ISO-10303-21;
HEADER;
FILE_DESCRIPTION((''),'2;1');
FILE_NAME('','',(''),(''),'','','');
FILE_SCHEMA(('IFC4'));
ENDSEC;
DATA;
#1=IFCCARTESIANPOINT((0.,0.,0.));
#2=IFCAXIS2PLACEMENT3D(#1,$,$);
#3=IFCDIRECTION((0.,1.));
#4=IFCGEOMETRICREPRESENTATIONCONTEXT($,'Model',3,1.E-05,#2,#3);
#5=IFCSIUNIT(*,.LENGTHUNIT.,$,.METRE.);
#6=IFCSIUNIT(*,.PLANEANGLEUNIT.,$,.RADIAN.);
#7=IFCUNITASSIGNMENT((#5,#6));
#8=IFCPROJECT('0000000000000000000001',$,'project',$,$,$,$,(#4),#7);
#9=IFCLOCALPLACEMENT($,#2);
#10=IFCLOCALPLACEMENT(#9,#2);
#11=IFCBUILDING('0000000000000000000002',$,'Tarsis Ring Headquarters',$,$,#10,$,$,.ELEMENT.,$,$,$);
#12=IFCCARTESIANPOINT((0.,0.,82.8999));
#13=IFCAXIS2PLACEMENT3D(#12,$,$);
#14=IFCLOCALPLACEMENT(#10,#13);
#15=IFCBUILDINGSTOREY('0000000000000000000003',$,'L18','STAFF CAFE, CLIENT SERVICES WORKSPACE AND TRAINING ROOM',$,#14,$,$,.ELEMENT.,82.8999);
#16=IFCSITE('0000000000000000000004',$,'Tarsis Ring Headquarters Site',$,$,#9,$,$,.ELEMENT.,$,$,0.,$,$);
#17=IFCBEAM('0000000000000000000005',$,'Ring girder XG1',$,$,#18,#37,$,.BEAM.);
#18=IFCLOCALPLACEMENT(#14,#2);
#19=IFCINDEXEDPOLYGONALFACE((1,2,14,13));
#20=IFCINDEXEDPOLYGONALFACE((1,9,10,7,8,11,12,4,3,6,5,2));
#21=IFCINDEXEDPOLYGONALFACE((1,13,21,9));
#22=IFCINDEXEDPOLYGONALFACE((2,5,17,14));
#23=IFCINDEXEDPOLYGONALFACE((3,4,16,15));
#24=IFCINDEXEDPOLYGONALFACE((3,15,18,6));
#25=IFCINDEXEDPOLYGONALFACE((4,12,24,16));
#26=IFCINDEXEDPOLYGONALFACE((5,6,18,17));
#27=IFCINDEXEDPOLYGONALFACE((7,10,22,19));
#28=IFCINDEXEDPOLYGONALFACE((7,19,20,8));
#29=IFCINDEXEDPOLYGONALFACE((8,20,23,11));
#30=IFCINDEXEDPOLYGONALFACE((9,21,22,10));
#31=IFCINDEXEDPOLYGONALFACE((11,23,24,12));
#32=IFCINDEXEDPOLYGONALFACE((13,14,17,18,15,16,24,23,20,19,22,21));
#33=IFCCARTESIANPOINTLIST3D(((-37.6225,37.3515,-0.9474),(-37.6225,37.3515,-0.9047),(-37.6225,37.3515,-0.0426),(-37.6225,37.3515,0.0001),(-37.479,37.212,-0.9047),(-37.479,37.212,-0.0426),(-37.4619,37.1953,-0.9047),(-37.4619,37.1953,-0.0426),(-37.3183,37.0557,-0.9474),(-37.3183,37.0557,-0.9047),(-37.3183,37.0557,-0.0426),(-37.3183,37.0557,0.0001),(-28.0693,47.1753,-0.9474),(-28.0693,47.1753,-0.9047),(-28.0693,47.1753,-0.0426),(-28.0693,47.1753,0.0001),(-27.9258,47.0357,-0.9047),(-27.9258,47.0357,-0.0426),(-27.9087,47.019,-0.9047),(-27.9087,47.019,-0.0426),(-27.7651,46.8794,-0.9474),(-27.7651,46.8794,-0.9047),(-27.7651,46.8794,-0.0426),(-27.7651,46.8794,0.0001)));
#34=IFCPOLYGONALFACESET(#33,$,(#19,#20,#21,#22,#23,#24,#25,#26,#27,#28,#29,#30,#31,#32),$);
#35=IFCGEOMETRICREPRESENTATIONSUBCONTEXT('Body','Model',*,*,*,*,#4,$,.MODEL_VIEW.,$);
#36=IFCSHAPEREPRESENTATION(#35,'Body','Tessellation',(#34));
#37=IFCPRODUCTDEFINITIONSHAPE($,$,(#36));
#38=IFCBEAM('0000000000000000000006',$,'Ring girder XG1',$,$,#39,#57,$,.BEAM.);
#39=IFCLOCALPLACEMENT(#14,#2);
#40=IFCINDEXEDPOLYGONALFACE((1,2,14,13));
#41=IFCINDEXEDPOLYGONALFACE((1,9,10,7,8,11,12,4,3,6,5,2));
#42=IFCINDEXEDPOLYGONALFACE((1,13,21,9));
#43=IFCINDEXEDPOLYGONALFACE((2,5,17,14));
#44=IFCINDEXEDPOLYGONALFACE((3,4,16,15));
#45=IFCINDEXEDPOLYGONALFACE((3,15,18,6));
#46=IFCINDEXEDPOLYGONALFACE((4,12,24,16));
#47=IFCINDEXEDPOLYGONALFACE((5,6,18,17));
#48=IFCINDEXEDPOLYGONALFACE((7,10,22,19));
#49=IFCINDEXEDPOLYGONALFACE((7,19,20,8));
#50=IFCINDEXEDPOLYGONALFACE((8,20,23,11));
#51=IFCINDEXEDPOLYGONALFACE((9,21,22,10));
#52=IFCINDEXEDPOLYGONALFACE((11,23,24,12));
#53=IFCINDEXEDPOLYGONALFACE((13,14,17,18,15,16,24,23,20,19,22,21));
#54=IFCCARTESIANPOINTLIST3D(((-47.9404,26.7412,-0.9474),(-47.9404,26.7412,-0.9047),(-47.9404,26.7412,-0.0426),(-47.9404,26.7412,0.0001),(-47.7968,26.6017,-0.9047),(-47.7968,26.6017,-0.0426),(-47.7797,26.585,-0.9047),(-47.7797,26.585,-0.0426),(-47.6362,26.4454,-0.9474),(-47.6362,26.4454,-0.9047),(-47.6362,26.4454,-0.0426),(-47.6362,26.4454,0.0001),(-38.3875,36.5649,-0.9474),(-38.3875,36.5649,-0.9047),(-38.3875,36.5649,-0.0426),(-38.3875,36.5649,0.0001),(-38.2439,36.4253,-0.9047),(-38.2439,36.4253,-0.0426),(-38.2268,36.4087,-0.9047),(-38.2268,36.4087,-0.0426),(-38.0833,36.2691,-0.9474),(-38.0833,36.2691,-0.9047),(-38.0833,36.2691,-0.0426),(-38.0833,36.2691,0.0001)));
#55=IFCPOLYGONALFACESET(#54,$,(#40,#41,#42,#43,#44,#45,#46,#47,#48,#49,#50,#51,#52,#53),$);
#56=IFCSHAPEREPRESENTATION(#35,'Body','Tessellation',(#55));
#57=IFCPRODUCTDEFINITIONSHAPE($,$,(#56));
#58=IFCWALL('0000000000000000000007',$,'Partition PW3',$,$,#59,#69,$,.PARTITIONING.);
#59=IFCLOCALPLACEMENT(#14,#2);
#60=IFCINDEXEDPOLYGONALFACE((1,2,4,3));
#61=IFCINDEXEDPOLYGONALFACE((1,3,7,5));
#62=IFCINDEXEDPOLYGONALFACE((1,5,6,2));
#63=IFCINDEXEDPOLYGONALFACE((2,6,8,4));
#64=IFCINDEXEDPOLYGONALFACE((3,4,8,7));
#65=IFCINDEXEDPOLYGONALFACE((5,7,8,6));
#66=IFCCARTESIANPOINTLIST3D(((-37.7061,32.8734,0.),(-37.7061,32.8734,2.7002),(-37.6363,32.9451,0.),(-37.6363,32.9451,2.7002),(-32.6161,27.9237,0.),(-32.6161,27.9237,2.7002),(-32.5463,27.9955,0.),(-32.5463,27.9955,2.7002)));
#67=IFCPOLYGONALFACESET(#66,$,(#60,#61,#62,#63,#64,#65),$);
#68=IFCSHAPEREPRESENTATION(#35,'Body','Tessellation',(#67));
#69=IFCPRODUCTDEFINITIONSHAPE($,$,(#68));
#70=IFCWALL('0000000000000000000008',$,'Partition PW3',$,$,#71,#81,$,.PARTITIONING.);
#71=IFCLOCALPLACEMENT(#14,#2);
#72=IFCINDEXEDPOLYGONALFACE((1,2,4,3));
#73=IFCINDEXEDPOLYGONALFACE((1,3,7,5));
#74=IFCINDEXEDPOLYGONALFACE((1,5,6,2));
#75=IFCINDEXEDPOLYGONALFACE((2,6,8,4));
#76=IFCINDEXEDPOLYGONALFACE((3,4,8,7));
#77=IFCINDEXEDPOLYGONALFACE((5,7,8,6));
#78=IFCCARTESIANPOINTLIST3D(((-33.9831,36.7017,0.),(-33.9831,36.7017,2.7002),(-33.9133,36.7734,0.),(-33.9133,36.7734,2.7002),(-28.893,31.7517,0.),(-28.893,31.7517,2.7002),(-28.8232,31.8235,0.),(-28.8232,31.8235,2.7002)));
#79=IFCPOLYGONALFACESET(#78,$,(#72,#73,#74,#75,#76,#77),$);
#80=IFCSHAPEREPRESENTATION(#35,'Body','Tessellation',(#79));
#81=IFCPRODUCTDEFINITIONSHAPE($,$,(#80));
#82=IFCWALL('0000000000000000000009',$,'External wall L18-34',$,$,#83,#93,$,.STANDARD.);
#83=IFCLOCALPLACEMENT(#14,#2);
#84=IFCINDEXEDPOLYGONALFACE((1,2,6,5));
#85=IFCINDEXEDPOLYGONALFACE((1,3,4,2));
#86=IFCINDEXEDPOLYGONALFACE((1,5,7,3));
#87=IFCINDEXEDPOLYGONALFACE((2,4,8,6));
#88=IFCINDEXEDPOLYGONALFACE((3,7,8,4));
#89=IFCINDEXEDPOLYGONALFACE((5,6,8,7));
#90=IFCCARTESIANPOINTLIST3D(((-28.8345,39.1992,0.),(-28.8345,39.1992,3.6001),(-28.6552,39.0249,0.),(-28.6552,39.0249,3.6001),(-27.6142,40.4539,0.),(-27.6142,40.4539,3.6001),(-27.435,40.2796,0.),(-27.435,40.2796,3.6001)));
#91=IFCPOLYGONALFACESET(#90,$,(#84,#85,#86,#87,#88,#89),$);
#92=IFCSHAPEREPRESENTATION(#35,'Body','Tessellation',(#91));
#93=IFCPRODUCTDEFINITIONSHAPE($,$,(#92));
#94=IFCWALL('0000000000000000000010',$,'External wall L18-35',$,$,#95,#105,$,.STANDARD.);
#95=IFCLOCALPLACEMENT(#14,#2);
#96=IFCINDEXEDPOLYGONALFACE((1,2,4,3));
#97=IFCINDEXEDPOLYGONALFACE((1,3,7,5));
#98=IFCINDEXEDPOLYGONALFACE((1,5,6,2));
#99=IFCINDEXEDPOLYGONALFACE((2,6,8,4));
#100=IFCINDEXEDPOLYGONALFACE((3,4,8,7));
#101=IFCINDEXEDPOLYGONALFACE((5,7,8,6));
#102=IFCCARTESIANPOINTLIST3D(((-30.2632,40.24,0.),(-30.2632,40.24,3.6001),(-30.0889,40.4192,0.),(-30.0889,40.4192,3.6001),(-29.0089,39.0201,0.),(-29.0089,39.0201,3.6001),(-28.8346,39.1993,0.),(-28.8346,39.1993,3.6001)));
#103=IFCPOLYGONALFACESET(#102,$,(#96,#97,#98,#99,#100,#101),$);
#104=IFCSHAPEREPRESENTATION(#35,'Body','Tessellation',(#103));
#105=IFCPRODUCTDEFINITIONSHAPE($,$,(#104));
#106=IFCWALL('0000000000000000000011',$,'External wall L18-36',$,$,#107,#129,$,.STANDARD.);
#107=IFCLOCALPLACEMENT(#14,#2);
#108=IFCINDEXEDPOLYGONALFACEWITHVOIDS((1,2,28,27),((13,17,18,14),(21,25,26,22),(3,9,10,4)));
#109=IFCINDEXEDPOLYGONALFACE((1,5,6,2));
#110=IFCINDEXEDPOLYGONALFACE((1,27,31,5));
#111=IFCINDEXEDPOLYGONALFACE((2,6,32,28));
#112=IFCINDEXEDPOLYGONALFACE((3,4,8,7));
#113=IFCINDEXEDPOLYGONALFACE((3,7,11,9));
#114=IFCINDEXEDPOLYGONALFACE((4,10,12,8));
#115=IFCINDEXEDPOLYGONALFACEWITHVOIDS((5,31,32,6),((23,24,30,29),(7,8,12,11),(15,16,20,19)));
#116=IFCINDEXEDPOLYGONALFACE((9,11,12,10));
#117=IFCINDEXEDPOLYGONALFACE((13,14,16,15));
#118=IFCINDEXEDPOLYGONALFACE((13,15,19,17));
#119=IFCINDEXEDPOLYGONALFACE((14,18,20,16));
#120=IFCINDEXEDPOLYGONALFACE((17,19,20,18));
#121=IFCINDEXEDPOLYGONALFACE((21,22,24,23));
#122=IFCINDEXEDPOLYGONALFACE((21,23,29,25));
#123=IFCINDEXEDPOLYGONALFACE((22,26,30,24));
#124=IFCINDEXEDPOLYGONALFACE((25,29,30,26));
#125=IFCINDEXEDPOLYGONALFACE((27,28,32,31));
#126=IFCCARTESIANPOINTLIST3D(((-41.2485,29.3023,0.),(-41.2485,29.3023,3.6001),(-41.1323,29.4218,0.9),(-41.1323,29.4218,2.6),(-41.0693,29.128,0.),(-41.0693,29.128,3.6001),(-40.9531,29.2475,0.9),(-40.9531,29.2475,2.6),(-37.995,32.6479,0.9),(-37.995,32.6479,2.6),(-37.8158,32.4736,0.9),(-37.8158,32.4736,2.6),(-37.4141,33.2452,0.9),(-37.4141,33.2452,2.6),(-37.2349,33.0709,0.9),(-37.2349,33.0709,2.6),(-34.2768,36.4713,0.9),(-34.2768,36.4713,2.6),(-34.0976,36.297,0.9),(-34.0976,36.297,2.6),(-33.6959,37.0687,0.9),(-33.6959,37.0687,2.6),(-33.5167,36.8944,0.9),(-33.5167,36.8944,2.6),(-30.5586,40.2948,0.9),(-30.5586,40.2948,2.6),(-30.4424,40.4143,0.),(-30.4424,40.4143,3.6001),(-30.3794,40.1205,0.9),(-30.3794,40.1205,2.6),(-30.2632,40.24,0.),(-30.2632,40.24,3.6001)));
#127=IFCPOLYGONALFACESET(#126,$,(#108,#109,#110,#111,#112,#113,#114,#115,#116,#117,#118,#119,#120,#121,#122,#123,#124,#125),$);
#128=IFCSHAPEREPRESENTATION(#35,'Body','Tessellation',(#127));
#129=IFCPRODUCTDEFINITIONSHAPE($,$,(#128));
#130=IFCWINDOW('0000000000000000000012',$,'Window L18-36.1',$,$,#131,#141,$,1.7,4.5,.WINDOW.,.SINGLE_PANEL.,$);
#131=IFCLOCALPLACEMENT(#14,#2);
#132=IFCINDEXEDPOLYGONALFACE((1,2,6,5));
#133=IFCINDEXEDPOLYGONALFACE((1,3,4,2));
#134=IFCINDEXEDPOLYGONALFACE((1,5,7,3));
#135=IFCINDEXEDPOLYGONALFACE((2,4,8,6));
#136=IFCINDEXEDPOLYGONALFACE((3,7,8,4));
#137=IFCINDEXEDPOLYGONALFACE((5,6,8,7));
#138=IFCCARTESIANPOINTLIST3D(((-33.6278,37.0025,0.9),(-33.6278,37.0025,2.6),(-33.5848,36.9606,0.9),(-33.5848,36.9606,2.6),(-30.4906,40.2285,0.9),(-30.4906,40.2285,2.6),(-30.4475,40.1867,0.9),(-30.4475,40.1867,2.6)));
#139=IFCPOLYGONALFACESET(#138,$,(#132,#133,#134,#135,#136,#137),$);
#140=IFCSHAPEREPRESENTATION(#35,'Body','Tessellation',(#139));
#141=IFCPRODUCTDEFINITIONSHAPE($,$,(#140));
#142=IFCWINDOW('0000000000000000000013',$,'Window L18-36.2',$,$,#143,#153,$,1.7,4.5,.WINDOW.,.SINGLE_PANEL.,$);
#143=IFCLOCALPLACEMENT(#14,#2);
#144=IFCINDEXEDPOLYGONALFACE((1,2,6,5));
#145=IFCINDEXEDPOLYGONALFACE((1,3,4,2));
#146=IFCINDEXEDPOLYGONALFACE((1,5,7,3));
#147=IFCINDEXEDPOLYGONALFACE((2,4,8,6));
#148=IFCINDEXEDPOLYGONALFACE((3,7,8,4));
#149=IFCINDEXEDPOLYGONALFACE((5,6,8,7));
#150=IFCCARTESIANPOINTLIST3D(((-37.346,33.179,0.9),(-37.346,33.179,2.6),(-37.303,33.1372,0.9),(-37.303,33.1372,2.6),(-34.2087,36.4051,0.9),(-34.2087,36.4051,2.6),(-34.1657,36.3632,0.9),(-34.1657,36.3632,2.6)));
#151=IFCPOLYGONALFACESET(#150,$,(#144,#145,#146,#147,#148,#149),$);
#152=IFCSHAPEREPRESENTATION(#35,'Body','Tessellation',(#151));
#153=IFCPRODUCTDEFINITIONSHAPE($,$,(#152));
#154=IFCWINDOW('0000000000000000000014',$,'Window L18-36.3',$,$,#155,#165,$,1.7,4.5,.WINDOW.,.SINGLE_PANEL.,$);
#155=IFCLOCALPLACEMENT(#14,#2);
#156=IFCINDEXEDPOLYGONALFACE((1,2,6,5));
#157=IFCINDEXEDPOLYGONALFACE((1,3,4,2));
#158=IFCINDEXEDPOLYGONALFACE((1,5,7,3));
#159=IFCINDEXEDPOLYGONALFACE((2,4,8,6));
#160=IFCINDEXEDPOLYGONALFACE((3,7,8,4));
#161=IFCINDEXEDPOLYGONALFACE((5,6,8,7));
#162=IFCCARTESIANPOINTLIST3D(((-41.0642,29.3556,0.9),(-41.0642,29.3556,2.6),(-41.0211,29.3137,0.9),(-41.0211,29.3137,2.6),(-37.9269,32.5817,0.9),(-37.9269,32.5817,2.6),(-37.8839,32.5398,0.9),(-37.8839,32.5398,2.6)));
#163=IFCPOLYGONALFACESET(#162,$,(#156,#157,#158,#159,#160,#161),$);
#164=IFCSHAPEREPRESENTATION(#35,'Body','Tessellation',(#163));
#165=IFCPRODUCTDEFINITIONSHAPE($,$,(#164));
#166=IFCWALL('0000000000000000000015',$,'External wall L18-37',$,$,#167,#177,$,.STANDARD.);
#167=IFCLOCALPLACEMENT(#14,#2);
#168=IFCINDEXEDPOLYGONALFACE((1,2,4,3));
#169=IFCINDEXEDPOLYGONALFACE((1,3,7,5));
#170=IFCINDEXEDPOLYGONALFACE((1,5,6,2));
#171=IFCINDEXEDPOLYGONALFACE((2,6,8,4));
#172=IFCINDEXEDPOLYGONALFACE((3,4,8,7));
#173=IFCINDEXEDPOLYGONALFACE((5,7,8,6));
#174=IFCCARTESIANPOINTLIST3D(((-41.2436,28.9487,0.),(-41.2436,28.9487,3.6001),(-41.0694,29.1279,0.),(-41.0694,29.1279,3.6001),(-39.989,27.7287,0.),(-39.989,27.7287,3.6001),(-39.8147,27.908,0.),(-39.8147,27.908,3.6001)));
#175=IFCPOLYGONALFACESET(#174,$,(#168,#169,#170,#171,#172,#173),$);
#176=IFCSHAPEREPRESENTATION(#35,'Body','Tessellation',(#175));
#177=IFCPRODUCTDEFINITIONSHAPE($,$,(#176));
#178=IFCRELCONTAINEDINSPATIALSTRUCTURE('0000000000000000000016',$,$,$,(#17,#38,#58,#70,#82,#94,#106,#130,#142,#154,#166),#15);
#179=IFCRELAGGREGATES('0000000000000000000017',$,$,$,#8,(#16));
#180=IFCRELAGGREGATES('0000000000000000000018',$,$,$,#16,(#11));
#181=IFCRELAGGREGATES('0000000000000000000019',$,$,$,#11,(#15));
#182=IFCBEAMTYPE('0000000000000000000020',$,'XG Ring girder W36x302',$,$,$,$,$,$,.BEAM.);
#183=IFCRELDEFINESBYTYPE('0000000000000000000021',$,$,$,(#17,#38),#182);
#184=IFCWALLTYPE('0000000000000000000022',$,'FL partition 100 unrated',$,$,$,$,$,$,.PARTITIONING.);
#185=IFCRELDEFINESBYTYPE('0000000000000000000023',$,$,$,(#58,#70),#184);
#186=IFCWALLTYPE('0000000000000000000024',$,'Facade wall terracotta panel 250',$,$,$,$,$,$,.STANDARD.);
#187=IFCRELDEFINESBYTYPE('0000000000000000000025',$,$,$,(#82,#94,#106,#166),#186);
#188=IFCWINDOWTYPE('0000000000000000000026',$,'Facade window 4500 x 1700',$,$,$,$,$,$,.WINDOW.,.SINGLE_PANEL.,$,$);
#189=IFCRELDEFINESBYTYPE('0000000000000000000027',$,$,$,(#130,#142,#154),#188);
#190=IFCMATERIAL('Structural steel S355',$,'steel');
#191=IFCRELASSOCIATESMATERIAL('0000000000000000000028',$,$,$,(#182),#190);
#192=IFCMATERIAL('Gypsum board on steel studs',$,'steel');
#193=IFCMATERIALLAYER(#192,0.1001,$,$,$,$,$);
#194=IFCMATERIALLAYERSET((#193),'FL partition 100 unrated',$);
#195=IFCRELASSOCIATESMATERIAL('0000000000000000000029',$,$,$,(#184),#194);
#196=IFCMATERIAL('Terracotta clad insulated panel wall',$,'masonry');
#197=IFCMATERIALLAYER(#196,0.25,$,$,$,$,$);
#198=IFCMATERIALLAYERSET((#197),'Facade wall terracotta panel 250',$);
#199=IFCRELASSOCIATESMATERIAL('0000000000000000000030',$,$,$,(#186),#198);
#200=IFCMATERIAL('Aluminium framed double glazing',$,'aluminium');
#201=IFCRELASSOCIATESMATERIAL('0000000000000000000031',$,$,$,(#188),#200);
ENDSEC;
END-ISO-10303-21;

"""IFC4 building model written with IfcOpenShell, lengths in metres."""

from ifc_helpers import new_model, si_unit, direction, frame, frame_2d, origin, origin_2d, place, context, subcontext, project, spatial, rectangle, i_section, extrude, material, layer, layer_set, material_profile, profile_set, type_object, element, fill, save


model = new_model("IFC4")

# Units and contexts
model_context = context("Model", 3, precision=1e-05, world=origin(), true_north=direction((0.0, 1.0)))
body_context = subcontext(model_context, "Body", "Model", "MODEL_VIEW")
ifc_project = project(units=[si_unit("LENGTHUNIT", "METRE"), si_unit("PLANEANGLEUNIT", "RADIAN")], contexts=[model_context])

# Site, building, storey
site_placement = place(None, origin())
site = spatial("IfcSite", under=ifc_project, at=site_placement, Name="Tarsis Ring Headquarters Site", CompositionType="ELEMENT", RefElevation=0.0)
building_placement = place(site_placement, origin())
building = spatial("IfcBuilding", under=site, at=building_placement, Name="Tarsis Ring Headquarters", CompositionType="ELEMENT")
storey_placement = place(building_placement, frame((0.0, 0.0, 82.8999)))
storey = spatial("IfcBuildingStorey", under=building, at=storey_placement, Name="L18", Description="STAFF CAFE, CLIENT SERVICES WORKSPACE AND TRAINING ROOM", CompositionType="ELEMENT", Elevation=82.8999)

# Beams
ifc_material_1 = material(Name="Structural steel S355", Category="steel")
ifc_material_profile_1 = material_profile(ifc_material_1, i_section(OverallWidth=0.4243, OverallDepth=0.9475, WebThickness=0.0239, FlangeThickness=0.0427, at=origin_2d()), Name="W36x302")
ifc_profile_set_1 = profile_set([ifc_material_profile_1], Name="Structural steel S355")
beam_type = type_object("IfcBeamType", Name="XG Ring girder W36x302", PredefinedType="BEAM", material=ifc_profile_set_1)
beam_1_placement = place(storey_placement, frame((-27.9172, 47.0273, -0.4736), z_axis=(-0.697167, -0.716908, 0.0), x_axis=(0.716908, -0.697167, 0.0)))
element("IfcBeam", 1, at=beam_1_placement, inside=storey, type_object=beam_type, Name="Ring girder XG1", PredefinedType="BEAM", context=body_context, shape_type="SweptSolid", body=[
    extrude(i_section(OverallWidth=0.4243, OverallDepth=0.9475, WebThickness=0.0239, FlangeThickness=0.0427, at=origin_2d()), origin(), (0.0, 0.0, 1.0), 13.7029),
])
beam_2_placement = place(storey_placement, frame((-38.2354, 36.417, -0.4736), z_axis=(-0.697158, -0.716917, 0.0), x_axis=(0.716917, -0.697158, 0.0)))
element("IfcBeam", 2, at=beam_2_placement, inside=storey, type_object=beam_type, Name="Ring girder XG1", PredefinedType="BEAM", context=body_context, shape_type="SweptSolid", body=[
    extrude(i_section(OverallWidth=0.4243, OverallDepth=0.9475, WebThickness=0.0239, FlangeThickness=0.0427, at=origin_2d()), origin(), (0.0, 0.0, 1.0), 13.7026),
])

# Walls
ifc_material_2 = material(Name="Gypsum board on steel studs", Category="steel")
ifc_layer_1 = layer(ifc_material_2, 0.1001)
ifc_layer_set_1 = layer_set([ifc_layer_1], Name="FL partition 100 unrated")
wall_type_1 = type_object("IfcWallType", Name="FL partition 100 unrated", PredefinedType="PARTITIONING", material=ifc_layer_set_1)
wall_1_placement = place(storey_placement, frame((-37.6711, 32.9092, 0.0), z_axis=(0.0, 0.0, 1.0), x_axis=(0.716924, -0.697152, 0.0)))
element("IfcWall", 3, at=wall_1_placement, inside=storey, type_object=wall_type_1, Name="Partition PW3", PredefinedType="PARTITIONING", context=body_context, shape_type="SweptSolid", body=[
    extrude(rectangle(XDim=7.0999, YDim=0.1001, at=frame_2d((3.5498, 0.0))), origin(), (0.0, 0.0, 1.0), 2.7002),
])
wall_2_placement = place(storey_placement, frame((-33.9482, 36.7375, 0.0), z_axis=(0.0, 0.0, 1.0), x_axis=(0.716907, -0.697169, 0.0)))
element("IfcWall", 4, at=wall_2_placement, inside=storey, type_object=wall_type_1, Name="Partition PW3", PredefinedType="PARTITIONING", context=body_context, shape_type="SweptSolid", body=[
    extrude(rectangle(XDim=7.1001, YDim=0.1001, at=frame_2d((3.55, 0.0))), origin(), (0.0, 0.0, 1.0), 2.7002),
])
ifc_material_3 = material(Name="Terracotta clad insulated panel wall", Category="masonry")
ifc_layer_2 = layer(ifc_material_3, 0.25)
ifc_layer_set_2 = layer_set([ifc_layer_2], Name="Facade wall terracotta panel 250")
wall_type_2 = type_object("IfcWallType", Name="Facade wall terracotta panel 250", PredefinedType="STANDARD", material=ifc_layer_set_2)
wall_3_placement = place(storey_placement, frame((-27.5247, 40.3667, 0.0), z_axis=(0.0, 0.0, 1.0), x_axis=(-0.697204, -0.716873, 0.0)))
element("IfcWall", 5, at=wall_3_placement, inside=storey, type_object=wall_type_2, Name="External wall L18-34", PredefinedType="STANDARD", context=body_context, shape_type="SweptSolid", body=[
    extrude(rectangle(XDim=1.7502, YDim=0.25, at=frame_2d((0.875, 0.0))), origin(), (0.0, 0.0, 1.0), 3.6001),
])
wall_4_placement = place(storey_placement, frame((-28.9216, 39.1096, 0.0), z_axis=(0.0, 0.0, 1.0), x_axis=(-0.716875, 0.697202, 0.0)))
element("IfcWall", 6, at=wall_4_placement, inside=storey, type_object=wall_type_2, Name="External wall L18-35", PredefinedType="STANDARD", context=body_context, shape_type="SweptSolid", body=[
    extrude(rectangle(XDim=1.7498, YDim=0.25, at=frame_2d((0.875, 0.0))), origin(), (0.0, 0.0, 1.0), 3.6001),
])

# Wall, openings, windows
wall_5_placement = place(storey_placement, frame((-30.3528, 40.3271, 0.0), z_axis=(0.0, 0.0, 1.0), x_axis=(-0.69717, -0.716906, 0.0)))
wall_5 = element("IfcWall", 7, at=wall_5_placement, inside=storey, type_object=wall_type_2, Name="External wall L18-36", PredefinedType="STANDARD", context=body_context, shape_type="SweptSolid", body=[
    extrude(rectangle(XDim=15.5, YDim=0.25, at=frame_2d((7.75, 0.0))), origin(), (0.0, 0.0, 1.0), 3.6001),
])
opening_1_placement = place(wall_5_placement, frame((0.1667, 0.0, 0.8999)))
opening_1 = element("IfcOpeningElement", 8, at=opening_1_placement, cuts=wall_5, PredefinedType="OPENING", context=body_context, shape_type="SweptSolid", body=[
    extrude(rectangle(XDim=4.5, YDim=1.7, at=frame_2d((2.25, 0.8501))), frame((0.0, 0.135, 0.0), z_axis=(0.0, -1.0, 0.0), x_axis=(1.0, 0.0, 0.0)), (0.0, 0.0, 1.0), 0.27),
])
opening_2_placement = place(wall_5_placement, frame((5.5, 0.0, 0.8999)))
opening_2 = element("IfcOpeningElement", 9, at=opening_2_placement, cuts=wall_5, PredefinedType="OPENING", context=body_context, shape_type="SweptSolid", body=[
    extrude(rectangle(XDim=4.5, YDim=1.7, at=frame_2d((2.25, 0.8501))), frame((0.0, 0.135, 0.0), z_axis=(0.0, -1.0, 0.0), x_axis=(1.0, 0.0, 0.0)), (0.0, 0.0, 1.0), 0.27),
])
opening_3_placement = place(wall_5_placement, frame((10.8333, 0.0, 0.8999)))
opening_3 = element("IfcOpeningElement", 10, at=opening_3_placement, cuts=wall_5, PredefinedType="OPENING", context=body_context, shape_type="SweptSolid", body=[
    extrude(rectangle(XDim=4.5, YDim=1.7, at=frame_2d((2.25, 0.8501))), frame((0.0, 0.135, 0.0), z_axis=(0.0, -1.0, 0.0), x_axis=(1.0, 0.0, 0.0)), (0.0, 0.0, 1.0), 0.27),
])
ifc_material_4 = material(Name="Aluminium framed double glazing", Category="aluminium")
window_type = type_object("IfcWindowType", Name="Facade window 4500 x 1700", PartitioningType="SINGLE_PANEL", PredefinedType="WINDOW", material=ifc_material_4)
window_1_placement = place(opening_1_placement, origin())
window_1 = element("IfcWindow", 11, at=window_1_placement, inside=storey, type_object=window_type, Name="Window L18-36.1", OverallHeight=1.7, OverallWidth=4.5, PartitioningType="SINGLE_PANEL", PredefinedType="WINDOW", context=body_context, shape_type="SweptSolid", body=[
    extrude(rectangle(XDim=4.5, YDim=1.7, at=frame_2d((2.25, 0.8501))), frame((0.0, 0.03, 0.0), z_axis=(0.0, -1.0, 0.0), x_axis=(1.0, 0.0, 0.0)), (0.0, 0.0, 1.0), 0.0601),
])
fill(opening_1, window_1)
window_2_placement = place(opening_2_placement, origin())
window_2 = element("IfcWindow", 12, at=window_2_placement, inside=storey, type_object=window_type, Name="Window L18-36.2", OverallHeight=1.7, OverallWidth=4.5, PartitioningType="SINGLE_PANEL", PredefinedType="WINDOW", context=body_context, shape_type="SweptSolid", body=[
    extrude(rectangle(XDim=4.5, YDim=1.7, at=frame_2d((2.25, 0.8501))), frame((0.0, 0.03, 0.0), z_axis=(0.0, -1.0, 0.0), x_axis=(1.0, 0.0, 0.0)), (0.0, 0.0, 1.0), 0.0601),
])
fill(opening_2, window_2)
window_3_placement = place(opening_3_placement, origin())
window_3 = element("IfcWindow", 13, at=window_3_placement, inside=storey, type_object=window_type, Name="Window L18-36.3", OverallHeight=1.7, OverallWidth=4.5, PartitioningType="SINGLE_PANEL", PredefinedType="WINDOW", context=body_context, shape_type="SweptSolid", body=[
    extrude(rectangle(XDim=4.5, YDim=1.7, at=frame_2d((2.25, 0.8501))), frame((0.0, 0.03, 0.0), z_axis=(0.0, -1.0, 0.0), x_axis=(1.0, 0.0, 0.0)), (0.0, 0.0, 1.0), 0.0601),
])
fill(opening_3, window_3)

# Wall
for number, where, z_axis, x_axis, name in (
    (14, (-41.1565, 29.0383, 0.0), (0.0, 0.0, 1.0), (0.716943, -0.697132, 0.0), "External wall L18-37"),
):
    element("IfcWall", number, at=place(storey_placement, frame(where, z_axis=z_axis, x_axis=x_axis)), inside=storey, type_object=wall_type_2, Name=name, PredefinedType="STANDARD", context=body_context, shape_type="SweptSolid", body=[
        extrude(rectangle(XDim=1.75, YDim=0.25, at=frame_2d((0.875, 0.0))), origin(), (0.0, 0.0, 1.0), 3.6001),
    ])

save(model, "model.ifc")
